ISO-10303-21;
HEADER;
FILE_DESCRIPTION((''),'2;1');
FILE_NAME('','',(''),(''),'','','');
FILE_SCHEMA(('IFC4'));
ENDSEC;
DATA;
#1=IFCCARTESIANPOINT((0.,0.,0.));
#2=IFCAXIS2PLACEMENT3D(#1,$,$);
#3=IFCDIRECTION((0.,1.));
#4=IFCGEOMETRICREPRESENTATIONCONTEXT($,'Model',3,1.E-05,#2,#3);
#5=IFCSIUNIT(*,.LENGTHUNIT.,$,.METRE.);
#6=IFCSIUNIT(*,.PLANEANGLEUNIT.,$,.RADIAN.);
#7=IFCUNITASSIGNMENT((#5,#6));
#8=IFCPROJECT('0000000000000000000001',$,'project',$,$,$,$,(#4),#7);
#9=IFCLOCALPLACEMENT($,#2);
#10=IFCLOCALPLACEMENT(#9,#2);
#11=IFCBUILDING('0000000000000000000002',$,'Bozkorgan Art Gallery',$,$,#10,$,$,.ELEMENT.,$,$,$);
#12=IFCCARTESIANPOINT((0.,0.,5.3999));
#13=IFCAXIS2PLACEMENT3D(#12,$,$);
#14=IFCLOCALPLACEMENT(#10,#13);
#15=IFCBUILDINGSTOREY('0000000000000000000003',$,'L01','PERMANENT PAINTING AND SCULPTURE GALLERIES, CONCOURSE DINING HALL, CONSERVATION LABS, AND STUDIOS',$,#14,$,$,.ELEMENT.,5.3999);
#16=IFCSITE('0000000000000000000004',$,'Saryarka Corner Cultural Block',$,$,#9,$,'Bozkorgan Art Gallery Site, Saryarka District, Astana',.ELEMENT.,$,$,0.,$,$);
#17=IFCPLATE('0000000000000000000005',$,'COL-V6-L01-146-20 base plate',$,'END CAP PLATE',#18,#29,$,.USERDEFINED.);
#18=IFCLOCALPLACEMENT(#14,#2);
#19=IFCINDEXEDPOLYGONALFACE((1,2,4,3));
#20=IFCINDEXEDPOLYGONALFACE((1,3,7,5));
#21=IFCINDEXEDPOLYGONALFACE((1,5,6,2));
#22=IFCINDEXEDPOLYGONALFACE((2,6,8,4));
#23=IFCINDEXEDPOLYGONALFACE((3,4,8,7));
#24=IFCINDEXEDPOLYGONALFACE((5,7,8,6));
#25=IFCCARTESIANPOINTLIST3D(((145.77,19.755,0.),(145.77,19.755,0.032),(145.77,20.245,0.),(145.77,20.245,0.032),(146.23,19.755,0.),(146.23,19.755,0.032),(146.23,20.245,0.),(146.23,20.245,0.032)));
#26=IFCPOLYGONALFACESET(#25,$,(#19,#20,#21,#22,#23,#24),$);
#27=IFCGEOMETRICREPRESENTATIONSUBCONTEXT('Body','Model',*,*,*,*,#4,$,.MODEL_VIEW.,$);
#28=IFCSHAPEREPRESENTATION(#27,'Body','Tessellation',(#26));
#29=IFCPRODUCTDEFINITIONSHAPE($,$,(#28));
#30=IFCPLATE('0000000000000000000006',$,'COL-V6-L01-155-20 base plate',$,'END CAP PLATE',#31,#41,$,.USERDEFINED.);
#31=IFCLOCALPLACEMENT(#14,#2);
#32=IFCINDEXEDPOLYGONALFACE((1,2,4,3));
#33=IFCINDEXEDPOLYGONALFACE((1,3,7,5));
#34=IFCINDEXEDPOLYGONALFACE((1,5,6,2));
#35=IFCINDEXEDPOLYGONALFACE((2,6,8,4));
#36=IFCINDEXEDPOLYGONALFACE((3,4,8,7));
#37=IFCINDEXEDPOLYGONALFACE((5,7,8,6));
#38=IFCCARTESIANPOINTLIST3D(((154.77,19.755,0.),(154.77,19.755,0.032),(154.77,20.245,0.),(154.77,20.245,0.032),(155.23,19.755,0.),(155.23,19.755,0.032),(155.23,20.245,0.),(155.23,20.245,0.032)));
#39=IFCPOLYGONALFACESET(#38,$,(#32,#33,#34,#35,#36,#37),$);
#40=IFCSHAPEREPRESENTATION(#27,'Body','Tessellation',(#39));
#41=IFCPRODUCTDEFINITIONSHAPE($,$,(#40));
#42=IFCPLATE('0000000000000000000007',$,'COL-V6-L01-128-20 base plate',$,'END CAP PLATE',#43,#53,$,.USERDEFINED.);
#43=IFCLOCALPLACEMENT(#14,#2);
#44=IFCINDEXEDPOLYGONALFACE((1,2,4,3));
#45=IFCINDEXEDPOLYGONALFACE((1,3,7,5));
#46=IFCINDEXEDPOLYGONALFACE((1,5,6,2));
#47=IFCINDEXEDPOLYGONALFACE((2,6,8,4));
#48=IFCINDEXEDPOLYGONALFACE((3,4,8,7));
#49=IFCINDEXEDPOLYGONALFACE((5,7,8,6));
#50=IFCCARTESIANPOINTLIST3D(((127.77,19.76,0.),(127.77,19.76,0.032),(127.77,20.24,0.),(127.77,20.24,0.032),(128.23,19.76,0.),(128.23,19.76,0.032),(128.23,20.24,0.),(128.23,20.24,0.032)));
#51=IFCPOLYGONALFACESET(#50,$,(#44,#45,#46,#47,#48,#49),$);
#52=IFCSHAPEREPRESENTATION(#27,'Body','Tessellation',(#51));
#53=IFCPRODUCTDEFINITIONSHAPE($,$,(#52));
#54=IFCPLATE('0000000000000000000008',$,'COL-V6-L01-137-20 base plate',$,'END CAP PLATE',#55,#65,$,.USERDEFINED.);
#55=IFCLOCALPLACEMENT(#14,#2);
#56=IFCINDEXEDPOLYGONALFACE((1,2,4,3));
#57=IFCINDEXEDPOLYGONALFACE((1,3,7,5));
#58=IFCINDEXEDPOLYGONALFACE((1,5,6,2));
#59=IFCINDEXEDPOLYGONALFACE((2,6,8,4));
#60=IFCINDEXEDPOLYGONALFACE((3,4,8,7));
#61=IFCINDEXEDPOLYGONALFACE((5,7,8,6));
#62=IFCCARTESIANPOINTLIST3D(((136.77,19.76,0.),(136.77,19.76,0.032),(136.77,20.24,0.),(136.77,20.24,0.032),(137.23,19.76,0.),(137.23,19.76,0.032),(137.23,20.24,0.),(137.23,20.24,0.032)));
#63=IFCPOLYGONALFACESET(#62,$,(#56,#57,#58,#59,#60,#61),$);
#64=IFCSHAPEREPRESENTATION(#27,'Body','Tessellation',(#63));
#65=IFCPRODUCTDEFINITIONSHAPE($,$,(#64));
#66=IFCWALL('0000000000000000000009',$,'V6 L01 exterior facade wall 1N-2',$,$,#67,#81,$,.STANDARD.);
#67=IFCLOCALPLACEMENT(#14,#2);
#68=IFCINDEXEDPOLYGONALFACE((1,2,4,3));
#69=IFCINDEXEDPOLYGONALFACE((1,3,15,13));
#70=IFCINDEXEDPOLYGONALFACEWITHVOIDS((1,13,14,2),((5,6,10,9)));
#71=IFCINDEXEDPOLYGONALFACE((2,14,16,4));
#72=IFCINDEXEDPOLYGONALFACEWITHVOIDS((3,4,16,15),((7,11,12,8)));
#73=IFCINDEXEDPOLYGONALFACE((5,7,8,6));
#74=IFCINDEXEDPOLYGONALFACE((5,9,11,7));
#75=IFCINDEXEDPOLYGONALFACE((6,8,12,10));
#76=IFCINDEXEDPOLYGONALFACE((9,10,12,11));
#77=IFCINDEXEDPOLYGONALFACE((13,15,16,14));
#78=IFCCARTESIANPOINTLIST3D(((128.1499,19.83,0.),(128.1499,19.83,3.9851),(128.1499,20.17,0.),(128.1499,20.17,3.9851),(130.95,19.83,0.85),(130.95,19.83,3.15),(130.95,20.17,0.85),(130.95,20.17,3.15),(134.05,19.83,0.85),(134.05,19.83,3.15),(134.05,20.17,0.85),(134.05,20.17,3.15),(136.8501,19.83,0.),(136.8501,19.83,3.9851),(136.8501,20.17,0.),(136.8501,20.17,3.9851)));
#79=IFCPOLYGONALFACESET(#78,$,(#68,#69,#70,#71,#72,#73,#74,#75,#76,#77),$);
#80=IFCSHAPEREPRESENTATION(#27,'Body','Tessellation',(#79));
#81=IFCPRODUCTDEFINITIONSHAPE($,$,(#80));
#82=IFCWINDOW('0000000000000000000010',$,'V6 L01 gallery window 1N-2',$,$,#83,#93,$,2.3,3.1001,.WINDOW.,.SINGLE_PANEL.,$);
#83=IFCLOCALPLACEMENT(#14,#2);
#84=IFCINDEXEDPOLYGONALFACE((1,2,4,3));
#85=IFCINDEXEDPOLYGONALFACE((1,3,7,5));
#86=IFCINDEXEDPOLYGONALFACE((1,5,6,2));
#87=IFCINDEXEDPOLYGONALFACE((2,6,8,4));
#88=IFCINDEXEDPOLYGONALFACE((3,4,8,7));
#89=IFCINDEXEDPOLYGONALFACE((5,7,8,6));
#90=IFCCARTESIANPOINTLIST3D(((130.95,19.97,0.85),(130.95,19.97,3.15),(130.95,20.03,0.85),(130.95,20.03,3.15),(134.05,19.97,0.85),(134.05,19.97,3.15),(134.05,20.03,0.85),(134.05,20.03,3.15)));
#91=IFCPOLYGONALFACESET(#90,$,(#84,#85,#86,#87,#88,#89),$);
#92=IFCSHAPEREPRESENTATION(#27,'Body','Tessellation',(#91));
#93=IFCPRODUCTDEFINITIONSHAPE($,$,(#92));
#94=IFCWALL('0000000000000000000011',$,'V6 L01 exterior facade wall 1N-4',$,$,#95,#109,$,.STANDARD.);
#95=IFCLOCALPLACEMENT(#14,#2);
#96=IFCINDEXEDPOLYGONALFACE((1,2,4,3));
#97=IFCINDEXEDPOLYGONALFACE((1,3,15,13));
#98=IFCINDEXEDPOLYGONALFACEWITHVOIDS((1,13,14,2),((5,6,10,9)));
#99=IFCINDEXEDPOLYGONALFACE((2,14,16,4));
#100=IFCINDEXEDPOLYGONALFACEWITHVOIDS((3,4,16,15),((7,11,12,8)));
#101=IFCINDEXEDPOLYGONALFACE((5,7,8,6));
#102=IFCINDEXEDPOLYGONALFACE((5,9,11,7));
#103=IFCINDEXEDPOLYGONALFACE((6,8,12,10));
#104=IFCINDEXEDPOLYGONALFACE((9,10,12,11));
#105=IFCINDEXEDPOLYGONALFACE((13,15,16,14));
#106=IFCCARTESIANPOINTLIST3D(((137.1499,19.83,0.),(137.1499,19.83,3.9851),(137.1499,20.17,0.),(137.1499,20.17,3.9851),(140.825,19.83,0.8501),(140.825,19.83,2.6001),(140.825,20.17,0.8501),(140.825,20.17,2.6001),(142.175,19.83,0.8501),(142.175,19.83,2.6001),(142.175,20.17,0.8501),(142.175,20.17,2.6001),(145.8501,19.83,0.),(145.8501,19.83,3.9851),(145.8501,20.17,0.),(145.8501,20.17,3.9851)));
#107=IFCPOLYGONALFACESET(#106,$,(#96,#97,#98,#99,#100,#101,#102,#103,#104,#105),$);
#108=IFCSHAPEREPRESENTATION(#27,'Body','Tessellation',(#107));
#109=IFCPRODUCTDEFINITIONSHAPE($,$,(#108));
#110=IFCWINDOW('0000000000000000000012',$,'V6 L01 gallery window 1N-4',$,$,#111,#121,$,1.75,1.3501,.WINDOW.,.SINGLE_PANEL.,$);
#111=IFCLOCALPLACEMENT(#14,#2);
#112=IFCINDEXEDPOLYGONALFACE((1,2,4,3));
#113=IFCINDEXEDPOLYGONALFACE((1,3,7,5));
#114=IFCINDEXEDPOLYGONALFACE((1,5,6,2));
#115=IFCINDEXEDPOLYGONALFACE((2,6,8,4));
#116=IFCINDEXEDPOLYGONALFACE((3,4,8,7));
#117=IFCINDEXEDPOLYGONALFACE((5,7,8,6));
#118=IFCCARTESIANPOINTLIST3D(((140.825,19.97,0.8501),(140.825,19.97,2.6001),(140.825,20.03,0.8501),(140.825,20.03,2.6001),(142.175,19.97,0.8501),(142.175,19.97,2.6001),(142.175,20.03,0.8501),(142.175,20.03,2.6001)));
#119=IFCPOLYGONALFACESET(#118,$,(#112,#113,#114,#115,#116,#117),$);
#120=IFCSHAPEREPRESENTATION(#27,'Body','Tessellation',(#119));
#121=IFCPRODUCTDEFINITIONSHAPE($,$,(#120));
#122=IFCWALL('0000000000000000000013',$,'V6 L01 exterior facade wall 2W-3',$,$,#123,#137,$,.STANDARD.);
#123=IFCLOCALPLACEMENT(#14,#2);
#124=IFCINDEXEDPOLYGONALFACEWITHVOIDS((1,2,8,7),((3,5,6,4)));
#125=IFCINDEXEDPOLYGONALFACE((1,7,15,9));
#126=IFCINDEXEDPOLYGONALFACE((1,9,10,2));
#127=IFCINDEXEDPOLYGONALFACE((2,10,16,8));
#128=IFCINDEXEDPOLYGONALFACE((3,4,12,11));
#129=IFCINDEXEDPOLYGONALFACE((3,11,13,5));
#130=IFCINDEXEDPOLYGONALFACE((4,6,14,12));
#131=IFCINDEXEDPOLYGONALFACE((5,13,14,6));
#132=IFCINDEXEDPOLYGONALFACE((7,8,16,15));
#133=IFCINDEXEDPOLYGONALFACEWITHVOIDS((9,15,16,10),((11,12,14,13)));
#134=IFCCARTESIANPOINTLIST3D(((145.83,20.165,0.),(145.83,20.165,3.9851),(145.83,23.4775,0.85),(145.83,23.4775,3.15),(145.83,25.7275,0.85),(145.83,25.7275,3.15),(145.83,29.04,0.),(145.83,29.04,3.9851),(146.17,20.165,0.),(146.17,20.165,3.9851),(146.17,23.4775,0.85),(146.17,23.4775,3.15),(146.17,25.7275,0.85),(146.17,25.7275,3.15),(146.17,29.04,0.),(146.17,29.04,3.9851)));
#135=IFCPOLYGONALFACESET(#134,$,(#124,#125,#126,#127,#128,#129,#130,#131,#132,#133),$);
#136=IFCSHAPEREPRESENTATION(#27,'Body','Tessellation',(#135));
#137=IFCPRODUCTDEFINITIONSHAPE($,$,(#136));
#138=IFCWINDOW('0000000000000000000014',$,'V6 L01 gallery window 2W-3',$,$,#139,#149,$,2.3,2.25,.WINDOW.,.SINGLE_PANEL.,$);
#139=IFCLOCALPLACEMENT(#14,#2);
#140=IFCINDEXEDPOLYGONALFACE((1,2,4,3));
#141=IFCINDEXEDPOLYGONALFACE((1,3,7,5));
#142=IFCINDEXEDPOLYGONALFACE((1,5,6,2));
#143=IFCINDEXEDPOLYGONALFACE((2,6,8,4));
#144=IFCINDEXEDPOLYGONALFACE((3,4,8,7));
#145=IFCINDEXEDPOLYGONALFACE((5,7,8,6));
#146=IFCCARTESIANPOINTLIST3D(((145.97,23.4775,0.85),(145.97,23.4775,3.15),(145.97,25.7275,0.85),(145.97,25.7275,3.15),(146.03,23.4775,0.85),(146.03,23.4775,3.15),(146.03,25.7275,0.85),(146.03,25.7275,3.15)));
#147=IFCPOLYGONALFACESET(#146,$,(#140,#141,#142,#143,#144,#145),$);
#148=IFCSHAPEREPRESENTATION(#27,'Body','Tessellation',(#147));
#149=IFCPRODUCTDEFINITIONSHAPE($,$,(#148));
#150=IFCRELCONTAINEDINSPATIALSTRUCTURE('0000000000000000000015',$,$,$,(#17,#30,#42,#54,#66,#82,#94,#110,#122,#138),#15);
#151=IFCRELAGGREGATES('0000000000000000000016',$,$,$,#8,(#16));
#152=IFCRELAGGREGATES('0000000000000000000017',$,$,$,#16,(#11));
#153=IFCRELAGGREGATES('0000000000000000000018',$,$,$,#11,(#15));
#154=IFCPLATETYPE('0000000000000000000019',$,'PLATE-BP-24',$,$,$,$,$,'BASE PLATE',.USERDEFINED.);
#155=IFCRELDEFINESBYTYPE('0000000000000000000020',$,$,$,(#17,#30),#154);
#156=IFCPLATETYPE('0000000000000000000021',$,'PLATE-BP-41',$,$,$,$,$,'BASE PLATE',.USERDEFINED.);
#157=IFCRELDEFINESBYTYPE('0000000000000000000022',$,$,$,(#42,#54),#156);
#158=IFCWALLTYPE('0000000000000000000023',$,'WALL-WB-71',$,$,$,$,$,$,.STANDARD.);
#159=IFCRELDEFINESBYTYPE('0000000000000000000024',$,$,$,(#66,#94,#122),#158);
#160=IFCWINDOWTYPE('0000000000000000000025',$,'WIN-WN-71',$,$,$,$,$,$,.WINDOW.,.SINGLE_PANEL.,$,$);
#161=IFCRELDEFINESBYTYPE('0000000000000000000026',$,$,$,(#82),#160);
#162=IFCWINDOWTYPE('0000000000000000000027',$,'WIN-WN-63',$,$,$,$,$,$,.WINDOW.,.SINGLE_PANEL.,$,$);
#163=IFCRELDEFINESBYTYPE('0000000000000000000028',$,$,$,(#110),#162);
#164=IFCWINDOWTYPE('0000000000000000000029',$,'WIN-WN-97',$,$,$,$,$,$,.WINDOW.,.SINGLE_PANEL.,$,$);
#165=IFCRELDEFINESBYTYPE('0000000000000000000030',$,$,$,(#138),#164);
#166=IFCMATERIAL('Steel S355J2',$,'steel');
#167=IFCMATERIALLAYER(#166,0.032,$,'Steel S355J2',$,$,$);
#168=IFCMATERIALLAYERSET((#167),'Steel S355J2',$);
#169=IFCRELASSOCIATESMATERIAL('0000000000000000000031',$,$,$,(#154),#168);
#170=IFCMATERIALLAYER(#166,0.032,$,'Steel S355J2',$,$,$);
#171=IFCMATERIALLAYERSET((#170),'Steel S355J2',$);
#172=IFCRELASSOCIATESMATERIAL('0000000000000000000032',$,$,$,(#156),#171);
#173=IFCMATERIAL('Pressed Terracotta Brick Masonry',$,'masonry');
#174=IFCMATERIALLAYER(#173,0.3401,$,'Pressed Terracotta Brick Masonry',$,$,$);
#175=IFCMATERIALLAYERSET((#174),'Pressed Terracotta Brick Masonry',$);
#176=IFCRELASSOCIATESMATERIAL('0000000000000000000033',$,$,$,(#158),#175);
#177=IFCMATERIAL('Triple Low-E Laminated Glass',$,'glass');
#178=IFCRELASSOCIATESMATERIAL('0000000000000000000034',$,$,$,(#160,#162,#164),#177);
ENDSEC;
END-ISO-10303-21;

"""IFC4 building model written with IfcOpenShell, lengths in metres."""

from ifc_helpers import new_model, si_unit, direction, frame, frame_2d, origin, origin_2d, place, context, subcontext, project, spatial, rectangle, extrude, material, layer, layer_set, type_object, element, fill, save


model = new_model("IFC4")

# Units and contexts
model_context = context("Model", 3, precision=1e-05, world=origin(), true_north=direction((0.0, 1.0)))
body_context = subcontext(model_context, "Body", "Model", "MODEL_VIEW")
ifc_project = project(units=[si_unit("LENGTHUNIT", "METRE"), si_unit("PLANEANGLEUNIT", "RADIAN")], contexts=[model_context])

# Site, building, storey
site_placement = place(None, origin())
site = spatial("IfcSite", under=ifc_project, at=site_placement, Name="Saryarka Corner Cultural Block", LongName="Bozkorgan Art Gallery Site, Saryarka District, Astana", CompositionType="ELEMENT", RefElevation=0.0)
building_placement = place(site_placement, origin())
building = spatial("IfcBuilding", under=site, at=building_placement, Name="Bozkorgan Art Gallery", CompositionType="ELEMENT")
storey_placement = place(building_placement, frame((0.0, 0.0, 5.3999)))
storey = spatial("IfcBuildingStorey", under=building, at=storey_placement, Name="L01", Description="PERMANENT PAINTING AND SCULPTURE GALLERIES, CONCOURSE DINING HALL, CONSERVATION LABS, AND STUDIOS", CompositionType="ELEMENT", Elevation=5.3999)

# Shared definitions
ifc_material_1 = material(Name="Steel S355J2", Category="steel")

# Plates
ifc_layer_1 = layer(ifc_material_1, 0.032, Name="Steel S355J2")
ifc_layer_set_1 = layer_set([ifc_layer_1], Name="Steel S355J2")
plate_type_1 = type_object("IfcPlateType", Name="PLATE-BP-24", ElementType="BASE PLATE", PredefinedType="USERDEFINED", material=ifc_layer_set_1)
for number, where, z_axis, x_axis, name in (
    (1, (146.0, 20.0, 0.0), (0.0, 0.0, 1.0), (1.0, 0.0, 0.0), "COL-V6-L01-146-20 base plate"),
    (2, (155.0, 20.0, 0.0), (0.0, 0.0, 1.0), (1.0, 0.0, 0.0), "COL-V6-L01-155-20 base plate"),
):
    element("IfcPlate", number, at=place(storey_placement, frame(where, z_axis=z_axis, x_axis=x_axis)), inside=storey, type_object=plate_type_1, Name=name, ObjectType="END CAP PLATE", PredefinedType="USERDEFINED", context=body_context, shape_type="SweptSolid", body=[
        extrude(rectangle(XDim=0.46, YDim=0.49, at=origin_2d()), origin(), (0.0, 0.0, 1.0), 0.032),
    ])
ifc_layer_2 = layer(ifc_material_1, 0.032, Name="Steel S355J2")
ifc_layer_set_2 = layer_set([ifc_layer_2], Name="Steel S355J2")
plate_type_2 = type_object("IfcPlateType", Name="PLATE-BP-41", ElementType="BASE PLATE", PredefinedType="USERDEFINED", material=ifc_layer_set_2)
for number, where, z_axis, x_axis, name in (
    (3, (128.0, 20.0, 0.0), (0.0, 0.0, 1.0), (1.0, 0.0, 0.0), "COL-V6-L01-128-20 base plate"),
    (4, (137.0, 20.0, 0.0), (0.0, 0.0, 1.0), (1.0, 0.0, 0.0), "COL-V6-L01-137-20 base plate"),
):
    element("IfcPlate", number, at=place(storey_placement, frame(where, z_axis=z_axis, x_axis=x_axis)), inside=storey, type_object=plate_type_2, Name=name, ObjectType="END CAP PLATE", PredefinedType="USERDEFINED", context=body_context, shape_type="SweptSolid", body=[
        extrude(rectangle(XDim=0.46, YDim=0.48, at=origin_2d()), origin(), (0.0, 0.0, 1.0), 0.032),
    ])

# Walls, openings, windows
ifc_material_2 = material(Name="Pressed Terracotta Brick Masonry", Category="masonry")
ifc_layer_3 = layer(ifc_material_2, 0.3401, Name="Pressed Terracotta Brick Masonry")
ifc_layer_set_3 = layer_set([ifc_layer_3], Name="Pressed Terracotta Brick Masonry")
wall_type = type_object("IfcWallType", Name="WALL-WB-71", PredefinedType="STANDARD", material=ifc_layer_set_3)
wall_1_placement = place(storey_placement, frame((128.1499, 20.0, 0.0), z_axis=(0.0, 0.0, 1.0), x_axis=(1.0, 0.0, 0.0)))
wall_1 = element("IfcWall", 5, at=wall_1_placement, inside=storey, type_object=wall_type, Name="V6 L01 exterior facade wall 1N-2", PredefinedType="STANDARD", context=body_context, shape_type="SweptSolid", body=[
    extrude(rectangle(XDim=8.7002, YDim=0.3401, at=frame_2d((4.3501, 0.0))), origin(), (0.0, 0.0, 1.0), 3.9851),
])
opening_1_placement = place(wall_1_placement, frame((2.8, 0.0, 0.8501)))
opening_1 = element("IfcOpeningElement", 6, at=opening_1_placement, cuts=wall_1, PredefinedType="OPENING", context=body_context, shape_type="SweptSolid", body=[
    extrude(rectangle(XDim=3.1001, YDim=2.3, at=frame_2d((1.55, 1.1499))), frame((0.0, 0.1802, 0.0), z_axis=(0.0, -1.0, 0.0), x_axis=(1.0, 0.0, 0.0)), (0.0, 0.0, 1.0), 0.3601),
])
ifc_material_3 = material(Name="Triple Low-E Laminated Glass", Category="glass")
window_type_1 = type_object("IfcWindowType", Name="WIN-WN-71", PartitioningType="SINGLE_PANEL", PredefinedType="WINDOW", material=ifc_material_3)
window_1_placement = place(opening_1_placement, origin())
window_1 = element("IfcWindow", 7, at=window_1_placement, inside=storey, type_object=window_type_1, Name="V6 L01 gallery window 1N-2", OverallHeight=2.3, OverallWidth=3.1001, PartitioningType="SINGLE_PANEL", PredefinedType="WINDOW", context=body_context, shape_type="SweptSolid", body=[
    extrude(rectangle(XDim=3.1001, YDim=2.3, at=frame_2d((1.55, 1.1499))), frame((0.0, 0.03, 0.0), z_axis=(0.0, -1.0, 0.0), x_axis=(1.0, 0.0, 0.0)), (0.0, 0.0, 1.0), 0.0601),
])
fill(opening_1, window_1)
wall_2_placement = place(storey_placement, frame((137.1499, 20.0, 0.0), z_axis=(0.0, 0.0, 1.0), x_axis=(1.0, 0.0, 0.0)))
wall_2 = element("IfcWall", 8, at=wall_2_placement, inside=storey, type_object=wall_type, Name="V6 L01 exterior facade wall 1N-4", PredefinedType="STANDARD", context=body_context, shape_type="SweptSolid", body=[
    extrude(rectangle(XDim=8.7002, YDim=0.3401, at=frame_2d((4.3501, 0.0))), origin(), (0.0, 0.0, 1.0), 3.9851),
])
opening_2_placement = place(wall_2_placement, frame((3.675, 0.0, 0.8501)))
opening_2 = element("IfcOpeningElement", 9, at=opening_2_placement, cuts=wall_2, PredefinedType="OPENING", context=body_context, shape_type="SweptSolid", body=[
    extrude(rectangle(XDim=1.3501, YDim=1.75, at=frame_2d((0.675, 0.875))), frame((0.0, 0.1802, 0.0), z_axis=(0.0, -1.0, 0.0), x_axis=(1.0, 0.0, 0.0)), (0.0, 0.0, 1.0), 0.3601),
])
window_type_2 = type_object("IfcWindowType", Name="WIN-WN-63", PartitioningType="SINGLE_PANEL", PredefinedType="WINDOW", material=ifc_material_3)
window_2_placement = place(opening_2_placement, origin())
window_2 = element("IfcWindow", 10, at=window_2_placement, inside=storey, type_object=window_type_2, Name="V6 L01 gallery window 1N-4", OverallHeight=1.75, OverallWidth=1.3501, PartitioningType="SINGLE_PANEL", PredefinedType="WINDOW", context=body_context, shape_type="SweptSolid", body=[
    extrude(rectangle(XDim=1.3501, YDim=1.75, at=frame_2d((0.675, 0.875))), frame((0.0, 0.03, 0.0), z_axis=(0.0, -1.0, 0.0), x_axis=(1.0, 0.0, 0.0)), (0.0, 0.0, 1.0), 0.0601),
])
fill(opening_2, window_2)
wall_3_placement = place(storey_placement, frame((146.0, 20.165, 0.0), z_axis=(0.0, 0.0, 1.0), x_axis=(0.0, 1.0, 0.0)))
wall_3 = element("IfcWall", 11, at=wall_3_placement, inside=storey, type_object=wall_type, Name="V6 L01 exterior facade wall 2W-3", PredefinedType="STANDARD", context=body_context, shape_type="SweptSolid", body=[
    extrude(rectangle(XDim=8.875, YDim=0.3401, at=frame_2d((4.4375, 0.0))), origin(), (0.0, 0.0, 1.0), 3.9851),
])
opening_3_placement = place(wall_3_placement, frame((3.3125, 0.0, 0.8501)))
opening_3 = element("IfcOpeningElement", 12, at=opening_3_placement, cuts=wall_3, PredefinedType="OPENING", context=body_context, shape_type="SweptSolid", body=[
    extrude(rectangle(XDim=2.25, YDim=2.3, at=frame_2d((1.125, 1.1499))), frame((0.0, 0.1802, 0.0), z_axis=(0.0, -1.0, 0.0), x_axis=(1.0, 0.0, 0.0)), (0.0, 0.0, 1.0), 0.3601),
])
window_type_3 = type_object("IfcWindowType", Name="WIN-WN-97", PartitioningType="SINGLE_PANEL", PredefinedType="WINDOW", material=ifc_material_3)
window_3_placement = place(opening_3_placement, origin())
window_3 = element("IfcWindow", 13, at=window_3_placement, inside=storey, type_object=window_type_3, Name="V6 L01 gallery window 2W-3", OverallHeight=2.3, OverallWidth=2.25, PartitioningType="SINGLE_PANEL", PredefinedType="WINDOW", context=body_context, shape_type="SweptSolid", body=[
    extrude(rectangle(XDim=2.25, YDim=2.3, at=frame_2d((1.125, 1.1499))), frame((0.0, 0.03, 0.0), z_axis=(0.0, -1.0, 0.0), x_axis=(1.0, 0.0, 0.0)), (0.0, 0.0, 1.0), 0.0601),
])
fill(opening_3, window_3)

save(model, "model.ifc")
